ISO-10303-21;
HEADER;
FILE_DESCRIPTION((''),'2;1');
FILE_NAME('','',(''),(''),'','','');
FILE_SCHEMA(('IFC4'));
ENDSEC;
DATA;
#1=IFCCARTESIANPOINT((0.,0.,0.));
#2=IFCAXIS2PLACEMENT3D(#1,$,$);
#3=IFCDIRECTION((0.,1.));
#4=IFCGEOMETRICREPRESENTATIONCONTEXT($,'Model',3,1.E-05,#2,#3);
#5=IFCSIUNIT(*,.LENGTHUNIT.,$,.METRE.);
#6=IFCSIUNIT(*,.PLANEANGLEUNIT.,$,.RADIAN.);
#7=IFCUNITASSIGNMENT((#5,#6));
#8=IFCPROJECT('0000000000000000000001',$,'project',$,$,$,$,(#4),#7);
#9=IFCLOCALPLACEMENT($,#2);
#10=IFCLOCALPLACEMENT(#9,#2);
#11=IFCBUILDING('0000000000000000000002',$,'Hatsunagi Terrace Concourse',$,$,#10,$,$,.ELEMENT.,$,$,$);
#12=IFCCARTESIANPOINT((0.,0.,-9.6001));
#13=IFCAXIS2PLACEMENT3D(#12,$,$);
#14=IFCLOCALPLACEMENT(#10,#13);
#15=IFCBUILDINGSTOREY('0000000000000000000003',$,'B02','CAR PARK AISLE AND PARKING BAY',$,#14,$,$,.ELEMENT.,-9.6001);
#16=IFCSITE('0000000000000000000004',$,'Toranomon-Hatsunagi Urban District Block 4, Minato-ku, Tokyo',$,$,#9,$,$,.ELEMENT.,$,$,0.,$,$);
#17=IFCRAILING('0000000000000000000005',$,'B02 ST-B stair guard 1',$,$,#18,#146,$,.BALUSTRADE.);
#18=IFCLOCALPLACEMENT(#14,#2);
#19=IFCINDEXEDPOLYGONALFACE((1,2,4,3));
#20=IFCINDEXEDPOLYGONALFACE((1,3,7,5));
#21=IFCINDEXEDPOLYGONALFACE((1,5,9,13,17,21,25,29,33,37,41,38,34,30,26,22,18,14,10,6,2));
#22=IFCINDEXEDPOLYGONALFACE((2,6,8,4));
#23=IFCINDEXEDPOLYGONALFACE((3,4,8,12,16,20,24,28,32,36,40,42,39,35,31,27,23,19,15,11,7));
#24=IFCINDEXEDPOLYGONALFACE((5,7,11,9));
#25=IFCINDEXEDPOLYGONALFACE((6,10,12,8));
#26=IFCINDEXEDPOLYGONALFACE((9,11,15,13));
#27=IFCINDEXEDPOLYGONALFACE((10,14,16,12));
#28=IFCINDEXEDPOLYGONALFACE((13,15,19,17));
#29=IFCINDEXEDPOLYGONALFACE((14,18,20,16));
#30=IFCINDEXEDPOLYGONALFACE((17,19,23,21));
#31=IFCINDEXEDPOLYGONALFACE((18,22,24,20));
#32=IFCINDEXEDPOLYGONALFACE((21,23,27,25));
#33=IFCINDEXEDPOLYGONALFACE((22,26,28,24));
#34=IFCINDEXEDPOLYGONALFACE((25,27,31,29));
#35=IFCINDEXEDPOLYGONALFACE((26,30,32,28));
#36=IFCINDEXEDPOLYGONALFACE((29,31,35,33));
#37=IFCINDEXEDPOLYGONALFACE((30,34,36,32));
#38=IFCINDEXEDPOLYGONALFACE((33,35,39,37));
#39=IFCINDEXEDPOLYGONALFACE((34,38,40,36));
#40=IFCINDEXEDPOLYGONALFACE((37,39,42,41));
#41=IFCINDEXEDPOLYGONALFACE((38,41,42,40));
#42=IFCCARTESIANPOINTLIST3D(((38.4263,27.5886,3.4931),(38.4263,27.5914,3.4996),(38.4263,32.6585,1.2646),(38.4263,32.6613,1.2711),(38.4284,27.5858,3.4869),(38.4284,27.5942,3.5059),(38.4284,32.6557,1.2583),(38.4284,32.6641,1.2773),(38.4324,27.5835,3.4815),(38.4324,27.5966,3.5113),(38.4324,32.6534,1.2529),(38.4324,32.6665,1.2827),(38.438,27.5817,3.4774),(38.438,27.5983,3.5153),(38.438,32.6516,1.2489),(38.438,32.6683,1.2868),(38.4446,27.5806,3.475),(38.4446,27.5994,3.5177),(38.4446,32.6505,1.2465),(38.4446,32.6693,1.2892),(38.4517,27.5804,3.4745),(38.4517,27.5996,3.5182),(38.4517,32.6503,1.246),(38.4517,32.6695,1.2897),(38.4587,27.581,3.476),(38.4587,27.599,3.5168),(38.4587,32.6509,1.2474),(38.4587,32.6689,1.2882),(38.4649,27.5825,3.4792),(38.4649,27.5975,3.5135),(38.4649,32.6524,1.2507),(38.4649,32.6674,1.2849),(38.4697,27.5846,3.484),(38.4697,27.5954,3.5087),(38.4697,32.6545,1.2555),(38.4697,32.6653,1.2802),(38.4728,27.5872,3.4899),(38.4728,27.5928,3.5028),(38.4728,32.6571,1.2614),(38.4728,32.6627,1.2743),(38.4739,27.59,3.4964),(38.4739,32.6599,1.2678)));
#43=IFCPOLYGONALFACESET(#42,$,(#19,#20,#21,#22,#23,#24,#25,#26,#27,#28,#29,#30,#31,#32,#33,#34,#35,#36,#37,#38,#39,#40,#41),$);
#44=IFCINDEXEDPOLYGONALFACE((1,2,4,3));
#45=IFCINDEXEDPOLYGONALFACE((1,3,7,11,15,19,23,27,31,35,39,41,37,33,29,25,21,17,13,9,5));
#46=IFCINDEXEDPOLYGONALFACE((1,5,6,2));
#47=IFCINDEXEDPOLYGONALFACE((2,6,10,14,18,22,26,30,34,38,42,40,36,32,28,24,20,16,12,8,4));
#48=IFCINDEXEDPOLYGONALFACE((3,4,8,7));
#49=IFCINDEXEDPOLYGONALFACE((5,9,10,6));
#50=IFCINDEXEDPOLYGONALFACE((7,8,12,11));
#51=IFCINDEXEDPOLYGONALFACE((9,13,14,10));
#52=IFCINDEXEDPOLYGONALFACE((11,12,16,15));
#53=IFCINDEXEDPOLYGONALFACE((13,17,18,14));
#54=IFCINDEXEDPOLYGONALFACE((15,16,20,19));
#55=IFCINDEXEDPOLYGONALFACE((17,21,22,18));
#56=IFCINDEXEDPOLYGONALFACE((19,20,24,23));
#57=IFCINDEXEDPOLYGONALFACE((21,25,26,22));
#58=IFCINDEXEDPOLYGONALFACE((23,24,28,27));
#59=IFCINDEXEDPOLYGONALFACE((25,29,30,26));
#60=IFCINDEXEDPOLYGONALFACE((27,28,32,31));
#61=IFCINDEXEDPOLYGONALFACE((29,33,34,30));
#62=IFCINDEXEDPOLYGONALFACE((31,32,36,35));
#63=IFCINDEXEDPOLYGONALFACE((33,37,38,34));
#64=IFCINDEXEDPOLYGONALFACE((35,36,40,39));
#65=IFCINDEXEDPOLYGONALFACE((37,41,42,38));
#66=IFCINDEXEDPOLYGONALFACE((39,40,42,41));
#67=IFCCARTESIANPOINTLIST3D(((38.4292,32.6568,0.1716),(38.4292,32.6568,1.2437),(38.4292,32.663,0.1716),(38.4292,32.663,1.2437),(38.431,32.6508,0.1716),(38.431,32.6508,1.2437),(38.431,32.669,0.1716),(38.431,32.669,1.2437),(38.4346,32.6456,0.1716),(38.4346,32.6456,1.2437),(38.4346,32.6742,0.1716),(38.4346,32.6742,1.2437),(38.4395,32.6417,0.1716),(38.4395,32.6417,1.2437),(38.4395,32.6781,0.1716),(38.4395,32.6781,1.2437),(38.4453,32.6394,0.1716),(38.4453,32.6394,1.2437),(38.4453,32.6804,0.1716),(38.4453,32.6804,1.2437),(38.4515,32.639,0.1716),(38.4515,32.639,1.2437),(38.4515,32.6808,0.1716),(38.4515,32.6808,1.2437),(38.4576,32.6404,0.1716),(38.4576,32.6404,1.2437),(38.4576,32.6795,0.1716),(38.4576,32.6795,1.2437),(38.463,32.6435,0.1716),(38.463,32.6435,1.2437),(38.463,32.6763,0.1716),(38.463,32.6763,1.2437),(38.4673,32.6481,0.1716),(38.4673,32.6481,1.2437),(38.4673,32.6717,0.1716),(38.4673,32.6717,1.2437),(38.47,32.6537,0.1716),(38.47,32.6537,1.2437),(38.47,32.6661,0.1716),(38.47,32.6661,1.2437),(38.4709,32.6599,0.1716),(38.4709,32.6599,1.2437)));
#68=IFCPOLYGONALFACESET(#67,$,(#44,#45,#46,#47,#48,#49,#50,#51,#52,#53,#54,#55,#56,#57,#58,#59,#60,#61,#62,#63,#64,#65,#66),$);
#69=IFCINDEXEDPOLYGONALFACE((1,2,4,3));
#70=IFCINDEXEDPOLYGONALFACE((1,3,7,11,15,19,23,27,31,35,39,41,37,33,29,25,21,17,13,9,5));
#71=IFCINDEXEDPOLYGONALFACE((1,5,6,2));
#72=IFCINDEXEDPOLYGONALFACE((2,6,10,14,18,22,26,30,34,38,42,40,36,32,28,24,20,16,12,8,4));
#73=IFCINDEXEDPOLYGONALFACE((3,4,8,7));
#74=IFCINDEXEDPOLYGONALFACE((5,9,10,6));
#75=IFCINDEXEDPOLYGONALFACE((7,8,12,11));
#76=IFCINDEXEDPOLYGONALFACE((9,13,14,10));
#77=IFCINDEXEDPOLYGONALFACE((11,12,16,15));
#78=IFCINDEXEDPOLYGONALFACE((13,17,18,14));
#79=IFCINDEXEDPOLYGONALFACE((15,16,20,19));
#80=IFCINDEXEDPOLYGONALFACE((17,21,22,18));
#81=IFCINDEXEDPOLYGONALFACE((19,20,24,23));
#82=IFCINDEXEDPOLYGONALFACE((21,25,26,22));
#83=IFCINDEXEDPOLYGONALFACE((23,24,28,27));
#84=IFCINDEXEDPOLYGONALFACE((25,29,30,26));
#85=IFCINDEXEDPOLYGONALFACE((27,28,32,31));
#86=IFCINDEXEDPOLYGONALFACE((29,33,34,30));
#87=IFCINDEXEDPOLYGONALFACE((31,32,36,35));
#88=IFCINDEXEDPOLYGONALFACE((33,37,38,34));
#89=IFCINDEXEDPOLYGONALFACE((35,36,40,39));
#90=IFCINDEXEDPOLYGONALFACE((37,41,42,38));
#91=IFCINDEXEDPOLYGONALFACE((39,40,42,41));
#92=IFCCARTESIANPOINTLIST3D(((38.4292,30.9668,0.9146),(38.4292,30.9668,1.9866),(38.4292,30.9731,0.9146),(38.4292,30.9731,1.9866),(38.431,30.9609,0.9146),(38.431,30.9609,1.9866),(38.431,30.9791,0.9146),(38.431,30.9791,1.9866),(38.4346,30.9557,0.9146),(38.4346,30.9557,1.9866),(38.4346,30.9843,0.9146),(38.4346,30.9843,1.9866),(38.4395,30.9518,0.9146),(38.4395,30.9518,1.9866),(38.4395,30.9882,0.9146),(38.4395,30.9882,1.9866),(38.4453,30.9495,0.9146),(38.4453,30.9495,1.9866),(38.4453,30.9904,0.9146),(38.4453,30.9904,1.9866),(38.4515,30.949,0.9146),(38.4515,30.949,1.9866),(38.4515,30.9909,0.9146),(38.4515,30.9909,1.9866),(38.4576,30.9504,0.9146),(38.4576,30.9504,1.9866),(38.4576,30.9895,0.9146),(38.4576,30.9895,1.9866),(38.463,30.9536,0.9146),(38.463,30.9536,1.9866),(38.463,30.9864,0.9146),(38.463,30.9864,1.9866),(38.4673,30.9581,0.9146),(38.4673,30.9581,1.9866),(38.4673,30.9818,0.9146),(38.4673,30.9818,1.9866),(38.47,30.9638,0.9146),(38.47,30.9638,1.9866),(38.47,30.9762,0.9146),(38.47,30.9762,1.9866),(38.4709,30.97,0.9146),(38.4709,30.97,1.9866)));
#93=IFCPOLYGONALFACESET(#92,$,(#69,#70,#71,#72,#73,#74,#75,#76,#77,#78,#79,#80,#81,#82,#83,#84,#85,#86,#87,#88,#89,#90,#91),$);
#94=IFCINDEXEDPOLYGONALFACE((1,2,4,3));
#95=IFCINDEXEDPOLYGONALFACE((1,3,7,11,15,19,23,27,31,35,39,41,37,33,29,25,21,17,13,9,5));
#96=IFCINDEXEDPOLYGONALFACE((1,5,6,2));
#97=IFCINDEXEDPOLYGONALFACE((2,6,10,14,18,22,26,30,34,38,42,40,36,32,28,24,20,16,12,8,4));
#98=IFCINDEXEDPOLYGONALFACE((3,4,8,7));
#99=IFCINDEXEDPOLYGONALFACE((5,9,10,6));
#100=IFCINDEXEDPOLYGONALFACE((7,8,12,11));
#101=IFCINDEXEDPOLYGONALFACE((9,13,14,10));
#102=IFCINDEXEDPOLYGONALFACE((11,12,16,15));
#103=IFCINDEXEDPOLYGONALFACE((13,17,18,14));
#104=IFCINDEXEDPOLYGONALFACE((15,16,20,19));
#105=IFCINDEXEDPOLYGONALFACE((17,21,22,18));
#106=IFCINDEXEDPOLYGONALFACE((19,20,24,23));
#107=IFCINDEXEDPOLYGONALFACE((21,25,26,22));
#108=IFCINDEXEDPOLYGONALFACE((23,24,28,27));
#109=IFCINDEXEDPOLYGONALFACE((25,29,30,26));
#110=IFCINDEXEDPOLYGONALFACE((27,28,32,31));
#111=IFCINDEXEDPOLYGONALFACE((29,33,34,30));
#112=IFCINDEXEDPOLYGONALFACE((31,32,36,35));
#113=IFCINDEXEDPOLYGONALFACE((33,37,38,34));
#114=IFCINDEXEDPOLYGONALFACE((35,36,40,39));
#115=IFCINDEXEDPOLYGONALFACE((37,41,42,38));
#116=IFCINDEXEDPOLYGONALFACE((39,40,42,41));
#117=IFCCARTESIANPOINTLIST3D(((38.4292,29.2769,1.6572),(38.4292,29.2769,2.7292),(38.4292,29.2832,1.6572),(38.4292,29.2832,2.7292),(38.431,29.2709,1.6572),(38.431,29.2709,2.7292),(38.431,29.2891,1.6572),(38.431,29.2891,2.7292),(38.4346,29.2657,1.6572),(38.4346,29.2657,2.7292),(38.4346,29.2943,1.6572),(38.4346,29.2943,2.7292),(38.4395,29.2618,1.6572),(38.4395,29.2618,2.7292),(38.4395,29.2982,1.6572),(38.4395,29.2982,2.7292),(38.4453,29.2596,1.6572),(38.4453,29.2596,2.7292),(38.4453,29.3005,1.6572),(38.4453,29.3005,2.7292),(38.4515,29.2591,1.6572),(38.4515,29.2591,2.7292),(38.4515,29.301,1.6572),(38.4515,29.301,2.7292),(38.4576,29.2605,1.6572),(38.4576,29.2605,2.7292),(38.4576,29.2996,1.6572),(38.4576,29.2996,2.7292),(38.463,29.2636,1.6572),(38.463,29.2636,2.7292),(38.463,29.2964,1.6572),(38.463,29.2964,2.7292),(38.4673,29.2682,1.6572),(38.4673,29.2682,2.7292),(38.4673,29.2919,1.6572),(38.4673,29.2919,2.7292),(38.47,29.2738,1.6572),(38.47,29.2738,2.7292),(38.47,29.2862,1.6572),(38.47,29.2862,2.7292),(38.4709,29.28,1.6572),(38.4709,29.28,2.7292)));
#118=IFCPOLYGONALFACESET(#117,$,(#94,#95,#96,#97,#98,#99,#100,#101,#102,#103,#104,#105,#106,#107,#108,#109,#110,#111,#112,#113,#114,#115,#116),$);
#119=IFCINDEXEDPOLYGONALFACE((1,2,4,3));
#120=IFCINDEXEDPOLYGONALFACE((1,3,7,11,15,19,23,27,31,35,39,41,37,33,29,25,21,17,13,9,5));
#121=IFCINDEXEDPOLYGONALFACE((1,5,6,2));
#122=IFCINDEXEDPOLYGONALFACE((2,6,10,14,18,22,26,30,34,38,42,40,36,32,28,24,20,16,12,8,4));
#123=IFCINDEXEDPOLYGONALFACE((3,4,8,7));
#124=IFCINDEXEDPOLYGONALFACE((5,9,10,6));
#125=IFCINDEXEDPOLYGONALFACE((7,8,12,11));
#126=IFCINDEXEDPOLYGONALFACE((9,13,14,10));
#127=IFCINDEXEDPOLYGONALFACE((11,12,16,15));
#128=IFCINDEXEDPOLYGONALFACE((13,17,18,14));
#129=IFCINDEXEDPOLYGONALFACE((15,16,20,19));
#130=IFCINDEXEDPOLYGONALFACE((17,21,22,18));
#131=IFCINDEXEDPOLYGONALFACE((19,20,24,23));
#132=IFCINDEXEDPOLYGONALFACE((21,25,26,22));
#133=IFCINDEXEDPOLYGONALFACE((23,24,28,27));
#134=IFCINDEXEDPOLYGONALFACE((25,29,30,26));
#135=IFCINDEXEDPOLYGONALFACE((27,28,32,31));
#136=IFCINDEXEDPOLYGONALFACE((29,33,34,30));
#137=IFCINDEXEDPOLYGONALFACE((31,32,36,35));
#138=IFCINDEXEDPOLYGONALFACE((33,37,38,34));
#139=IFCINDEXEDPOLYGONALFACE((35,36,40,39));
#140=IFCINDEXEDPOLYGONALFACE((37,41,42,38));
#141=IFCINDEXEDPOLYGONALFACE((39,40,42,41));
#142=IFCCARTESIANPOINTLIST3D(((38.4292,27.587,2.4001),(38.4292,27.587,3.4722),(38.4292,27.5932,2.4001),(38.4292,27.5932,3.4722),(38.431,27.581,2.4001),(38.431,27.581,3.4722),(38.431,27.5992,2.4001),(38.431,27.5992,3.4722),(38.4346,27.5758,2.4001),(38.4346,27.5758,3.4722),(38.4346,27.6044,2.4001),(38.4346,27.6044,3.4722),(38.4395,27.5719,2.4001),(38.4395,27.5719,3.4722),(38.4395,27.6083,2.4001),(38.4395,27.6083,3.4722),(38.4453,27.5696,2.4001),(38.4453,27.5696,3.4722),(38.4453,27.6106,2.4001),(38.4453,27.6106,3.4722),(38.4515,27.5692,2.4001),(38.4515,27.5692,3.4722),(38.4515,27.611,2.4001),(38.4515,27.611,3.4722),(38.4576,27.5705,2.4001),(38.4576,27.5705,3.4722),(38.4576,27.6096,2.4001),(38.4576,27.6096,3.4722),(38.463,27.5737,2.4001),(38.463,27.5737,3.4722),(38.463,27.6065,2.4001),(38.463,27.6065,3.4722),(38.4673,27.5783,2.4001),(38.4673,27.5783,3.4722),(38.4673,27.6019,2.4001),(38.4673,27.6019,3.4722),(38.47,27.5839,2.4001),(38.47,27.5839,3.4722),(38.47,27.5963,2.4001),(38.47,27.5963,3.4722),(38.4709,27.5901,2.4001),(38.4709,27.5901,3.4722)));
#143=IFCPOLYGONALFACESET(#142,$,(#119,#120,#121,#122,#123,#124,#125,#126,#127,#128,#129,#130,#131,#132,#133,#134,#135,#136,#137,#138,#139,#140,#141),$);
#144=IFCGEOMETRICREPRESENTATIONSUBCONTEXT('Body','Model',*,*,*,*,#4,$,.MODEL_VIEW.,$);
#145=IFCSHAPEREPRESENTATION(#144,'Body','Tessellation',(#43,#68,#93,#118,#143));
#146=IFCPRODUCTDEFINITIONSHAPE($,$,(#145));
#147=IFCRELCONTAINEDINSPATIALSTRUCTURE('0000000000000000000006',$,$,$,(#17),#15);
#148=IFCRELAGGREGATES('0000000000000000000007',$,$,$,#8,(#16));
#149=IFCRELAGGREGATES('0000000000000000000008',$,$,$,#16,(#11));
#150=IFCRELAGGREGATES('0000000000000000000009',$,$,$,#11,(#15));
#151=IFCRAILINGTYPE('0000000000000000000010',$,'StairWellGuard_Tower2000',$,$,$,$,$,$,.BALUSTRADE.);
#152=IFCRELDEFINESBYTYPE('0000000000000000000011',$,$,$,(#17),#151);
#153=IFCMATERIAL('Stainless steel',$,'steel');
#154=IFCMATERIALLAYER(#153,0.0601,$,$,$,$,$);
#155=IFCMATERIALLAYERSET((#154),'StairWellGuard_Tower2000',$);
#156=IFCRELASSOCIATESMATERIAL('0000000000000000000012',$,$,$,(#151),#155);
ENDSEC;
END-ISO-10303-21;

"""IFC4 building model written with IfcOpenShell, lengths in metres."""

from ifc_helpers import new_model, si_unit, direction, frame, origin, origin_2d, place, context, subcontext, project, spatial, circle, extrude, material, layer, layer_set, type_object, element, save


model = new_model("IFC4")

# Units and contexts
model_context = context("Model", 3, precision=1e-05, world=origin(), true_north=direction((0.0, 1.0)))
body_context = subcontext(model_context, "Body", "Model", "MODEL_VIEW")
ifc_project = project(units=[si_unit("LENGTHUNIT", "METRE"), si_unit("PLANEANGLEUNIT", "RADIAN")], contexts=[model_context])

# Site, building, storey
site_placement = place(None, origin())
site = spatial("IfcSite", under=ifc_project, at=site_placement, Name="Toranomon-Hatsunagi Urban District Block 4, Minato-ku, Tokyo", CompositionType="ELEMENT", RefElevation=0.0)
building_placement = place(site_placement, origin())
building = spatial("IfcBuilding", under=site, at=building_placement, Name="Hatsunagi Terrace Concourse", CompositionType="ELEMENT")
storey_placement = place(building_placement, frame((0.0, 0.0, -9.6001)))
storey = spatial("IfcBuildingStorey", under=building, at=storey_placement, Name="B02", Description="CAR PARK AISLE AND PARKING BAY", CompositionType="ELEMENT", Elevation=-9.6001)

# Railing
ifc_material_1 = material(Name="Stainless steel", Category="steel")
ifc_layer_1 = layer(ifc_material_1, 0.0601)
ifc_layer_set_1 = layer_set([ifc_layer_1], Name="StairWellGuard_Tower2000")
railing_type_1 = type_object("IfcRailingType", Name="StairWellGuard_Tower2000", PredefinedType="BALUSTRADE", material=ifc_layer_set_1)
railing_1_placement = place(storey_placement, frame((38.45, 32.6599, 0.1716)))
element("IfcRailing", 1, at=railing_1_placement, inside=storey, type_object=railing_type_1, Name="B02 ST-B stair guard 1", PredefinedType="BALUSTRADE", context=body_context, shape_type="SweptSolid", body=[
    extrude(circle(Radius=0.0239, at=origin_2d()), frame((0.0, 0.0, 1.0962), z_axis=(0.0, -0.915462, 0.402405), x_axis=(1.0, 0.0, 0.0)), (0.0, 0.0, 1.0), 5.5381),
    extrude(circle(Radius=0.021, at=origin_2d()), origin(), (0.0, 0.0, 1.0), 1.072),
    extrude(circle(Radius=0.021, at=origin_2d()), frame((0.0, -1.6899, 0.7429)), (0.0, 0.0, 1.0), 1.072),
    extrude(circle(Radius=0.021, at=origin_2d()), frame((0.0, -3.3799, 1.4856)), (0.0, 0.0, 1.0), 1.072),
    extrude(circle(Radius=0.021, at=origin_2d()), frame((0.0, -5.0698, 2.2285)), (0.0, 0.0, 1.0), 1.072),
])

save(model, "model.ifc")
